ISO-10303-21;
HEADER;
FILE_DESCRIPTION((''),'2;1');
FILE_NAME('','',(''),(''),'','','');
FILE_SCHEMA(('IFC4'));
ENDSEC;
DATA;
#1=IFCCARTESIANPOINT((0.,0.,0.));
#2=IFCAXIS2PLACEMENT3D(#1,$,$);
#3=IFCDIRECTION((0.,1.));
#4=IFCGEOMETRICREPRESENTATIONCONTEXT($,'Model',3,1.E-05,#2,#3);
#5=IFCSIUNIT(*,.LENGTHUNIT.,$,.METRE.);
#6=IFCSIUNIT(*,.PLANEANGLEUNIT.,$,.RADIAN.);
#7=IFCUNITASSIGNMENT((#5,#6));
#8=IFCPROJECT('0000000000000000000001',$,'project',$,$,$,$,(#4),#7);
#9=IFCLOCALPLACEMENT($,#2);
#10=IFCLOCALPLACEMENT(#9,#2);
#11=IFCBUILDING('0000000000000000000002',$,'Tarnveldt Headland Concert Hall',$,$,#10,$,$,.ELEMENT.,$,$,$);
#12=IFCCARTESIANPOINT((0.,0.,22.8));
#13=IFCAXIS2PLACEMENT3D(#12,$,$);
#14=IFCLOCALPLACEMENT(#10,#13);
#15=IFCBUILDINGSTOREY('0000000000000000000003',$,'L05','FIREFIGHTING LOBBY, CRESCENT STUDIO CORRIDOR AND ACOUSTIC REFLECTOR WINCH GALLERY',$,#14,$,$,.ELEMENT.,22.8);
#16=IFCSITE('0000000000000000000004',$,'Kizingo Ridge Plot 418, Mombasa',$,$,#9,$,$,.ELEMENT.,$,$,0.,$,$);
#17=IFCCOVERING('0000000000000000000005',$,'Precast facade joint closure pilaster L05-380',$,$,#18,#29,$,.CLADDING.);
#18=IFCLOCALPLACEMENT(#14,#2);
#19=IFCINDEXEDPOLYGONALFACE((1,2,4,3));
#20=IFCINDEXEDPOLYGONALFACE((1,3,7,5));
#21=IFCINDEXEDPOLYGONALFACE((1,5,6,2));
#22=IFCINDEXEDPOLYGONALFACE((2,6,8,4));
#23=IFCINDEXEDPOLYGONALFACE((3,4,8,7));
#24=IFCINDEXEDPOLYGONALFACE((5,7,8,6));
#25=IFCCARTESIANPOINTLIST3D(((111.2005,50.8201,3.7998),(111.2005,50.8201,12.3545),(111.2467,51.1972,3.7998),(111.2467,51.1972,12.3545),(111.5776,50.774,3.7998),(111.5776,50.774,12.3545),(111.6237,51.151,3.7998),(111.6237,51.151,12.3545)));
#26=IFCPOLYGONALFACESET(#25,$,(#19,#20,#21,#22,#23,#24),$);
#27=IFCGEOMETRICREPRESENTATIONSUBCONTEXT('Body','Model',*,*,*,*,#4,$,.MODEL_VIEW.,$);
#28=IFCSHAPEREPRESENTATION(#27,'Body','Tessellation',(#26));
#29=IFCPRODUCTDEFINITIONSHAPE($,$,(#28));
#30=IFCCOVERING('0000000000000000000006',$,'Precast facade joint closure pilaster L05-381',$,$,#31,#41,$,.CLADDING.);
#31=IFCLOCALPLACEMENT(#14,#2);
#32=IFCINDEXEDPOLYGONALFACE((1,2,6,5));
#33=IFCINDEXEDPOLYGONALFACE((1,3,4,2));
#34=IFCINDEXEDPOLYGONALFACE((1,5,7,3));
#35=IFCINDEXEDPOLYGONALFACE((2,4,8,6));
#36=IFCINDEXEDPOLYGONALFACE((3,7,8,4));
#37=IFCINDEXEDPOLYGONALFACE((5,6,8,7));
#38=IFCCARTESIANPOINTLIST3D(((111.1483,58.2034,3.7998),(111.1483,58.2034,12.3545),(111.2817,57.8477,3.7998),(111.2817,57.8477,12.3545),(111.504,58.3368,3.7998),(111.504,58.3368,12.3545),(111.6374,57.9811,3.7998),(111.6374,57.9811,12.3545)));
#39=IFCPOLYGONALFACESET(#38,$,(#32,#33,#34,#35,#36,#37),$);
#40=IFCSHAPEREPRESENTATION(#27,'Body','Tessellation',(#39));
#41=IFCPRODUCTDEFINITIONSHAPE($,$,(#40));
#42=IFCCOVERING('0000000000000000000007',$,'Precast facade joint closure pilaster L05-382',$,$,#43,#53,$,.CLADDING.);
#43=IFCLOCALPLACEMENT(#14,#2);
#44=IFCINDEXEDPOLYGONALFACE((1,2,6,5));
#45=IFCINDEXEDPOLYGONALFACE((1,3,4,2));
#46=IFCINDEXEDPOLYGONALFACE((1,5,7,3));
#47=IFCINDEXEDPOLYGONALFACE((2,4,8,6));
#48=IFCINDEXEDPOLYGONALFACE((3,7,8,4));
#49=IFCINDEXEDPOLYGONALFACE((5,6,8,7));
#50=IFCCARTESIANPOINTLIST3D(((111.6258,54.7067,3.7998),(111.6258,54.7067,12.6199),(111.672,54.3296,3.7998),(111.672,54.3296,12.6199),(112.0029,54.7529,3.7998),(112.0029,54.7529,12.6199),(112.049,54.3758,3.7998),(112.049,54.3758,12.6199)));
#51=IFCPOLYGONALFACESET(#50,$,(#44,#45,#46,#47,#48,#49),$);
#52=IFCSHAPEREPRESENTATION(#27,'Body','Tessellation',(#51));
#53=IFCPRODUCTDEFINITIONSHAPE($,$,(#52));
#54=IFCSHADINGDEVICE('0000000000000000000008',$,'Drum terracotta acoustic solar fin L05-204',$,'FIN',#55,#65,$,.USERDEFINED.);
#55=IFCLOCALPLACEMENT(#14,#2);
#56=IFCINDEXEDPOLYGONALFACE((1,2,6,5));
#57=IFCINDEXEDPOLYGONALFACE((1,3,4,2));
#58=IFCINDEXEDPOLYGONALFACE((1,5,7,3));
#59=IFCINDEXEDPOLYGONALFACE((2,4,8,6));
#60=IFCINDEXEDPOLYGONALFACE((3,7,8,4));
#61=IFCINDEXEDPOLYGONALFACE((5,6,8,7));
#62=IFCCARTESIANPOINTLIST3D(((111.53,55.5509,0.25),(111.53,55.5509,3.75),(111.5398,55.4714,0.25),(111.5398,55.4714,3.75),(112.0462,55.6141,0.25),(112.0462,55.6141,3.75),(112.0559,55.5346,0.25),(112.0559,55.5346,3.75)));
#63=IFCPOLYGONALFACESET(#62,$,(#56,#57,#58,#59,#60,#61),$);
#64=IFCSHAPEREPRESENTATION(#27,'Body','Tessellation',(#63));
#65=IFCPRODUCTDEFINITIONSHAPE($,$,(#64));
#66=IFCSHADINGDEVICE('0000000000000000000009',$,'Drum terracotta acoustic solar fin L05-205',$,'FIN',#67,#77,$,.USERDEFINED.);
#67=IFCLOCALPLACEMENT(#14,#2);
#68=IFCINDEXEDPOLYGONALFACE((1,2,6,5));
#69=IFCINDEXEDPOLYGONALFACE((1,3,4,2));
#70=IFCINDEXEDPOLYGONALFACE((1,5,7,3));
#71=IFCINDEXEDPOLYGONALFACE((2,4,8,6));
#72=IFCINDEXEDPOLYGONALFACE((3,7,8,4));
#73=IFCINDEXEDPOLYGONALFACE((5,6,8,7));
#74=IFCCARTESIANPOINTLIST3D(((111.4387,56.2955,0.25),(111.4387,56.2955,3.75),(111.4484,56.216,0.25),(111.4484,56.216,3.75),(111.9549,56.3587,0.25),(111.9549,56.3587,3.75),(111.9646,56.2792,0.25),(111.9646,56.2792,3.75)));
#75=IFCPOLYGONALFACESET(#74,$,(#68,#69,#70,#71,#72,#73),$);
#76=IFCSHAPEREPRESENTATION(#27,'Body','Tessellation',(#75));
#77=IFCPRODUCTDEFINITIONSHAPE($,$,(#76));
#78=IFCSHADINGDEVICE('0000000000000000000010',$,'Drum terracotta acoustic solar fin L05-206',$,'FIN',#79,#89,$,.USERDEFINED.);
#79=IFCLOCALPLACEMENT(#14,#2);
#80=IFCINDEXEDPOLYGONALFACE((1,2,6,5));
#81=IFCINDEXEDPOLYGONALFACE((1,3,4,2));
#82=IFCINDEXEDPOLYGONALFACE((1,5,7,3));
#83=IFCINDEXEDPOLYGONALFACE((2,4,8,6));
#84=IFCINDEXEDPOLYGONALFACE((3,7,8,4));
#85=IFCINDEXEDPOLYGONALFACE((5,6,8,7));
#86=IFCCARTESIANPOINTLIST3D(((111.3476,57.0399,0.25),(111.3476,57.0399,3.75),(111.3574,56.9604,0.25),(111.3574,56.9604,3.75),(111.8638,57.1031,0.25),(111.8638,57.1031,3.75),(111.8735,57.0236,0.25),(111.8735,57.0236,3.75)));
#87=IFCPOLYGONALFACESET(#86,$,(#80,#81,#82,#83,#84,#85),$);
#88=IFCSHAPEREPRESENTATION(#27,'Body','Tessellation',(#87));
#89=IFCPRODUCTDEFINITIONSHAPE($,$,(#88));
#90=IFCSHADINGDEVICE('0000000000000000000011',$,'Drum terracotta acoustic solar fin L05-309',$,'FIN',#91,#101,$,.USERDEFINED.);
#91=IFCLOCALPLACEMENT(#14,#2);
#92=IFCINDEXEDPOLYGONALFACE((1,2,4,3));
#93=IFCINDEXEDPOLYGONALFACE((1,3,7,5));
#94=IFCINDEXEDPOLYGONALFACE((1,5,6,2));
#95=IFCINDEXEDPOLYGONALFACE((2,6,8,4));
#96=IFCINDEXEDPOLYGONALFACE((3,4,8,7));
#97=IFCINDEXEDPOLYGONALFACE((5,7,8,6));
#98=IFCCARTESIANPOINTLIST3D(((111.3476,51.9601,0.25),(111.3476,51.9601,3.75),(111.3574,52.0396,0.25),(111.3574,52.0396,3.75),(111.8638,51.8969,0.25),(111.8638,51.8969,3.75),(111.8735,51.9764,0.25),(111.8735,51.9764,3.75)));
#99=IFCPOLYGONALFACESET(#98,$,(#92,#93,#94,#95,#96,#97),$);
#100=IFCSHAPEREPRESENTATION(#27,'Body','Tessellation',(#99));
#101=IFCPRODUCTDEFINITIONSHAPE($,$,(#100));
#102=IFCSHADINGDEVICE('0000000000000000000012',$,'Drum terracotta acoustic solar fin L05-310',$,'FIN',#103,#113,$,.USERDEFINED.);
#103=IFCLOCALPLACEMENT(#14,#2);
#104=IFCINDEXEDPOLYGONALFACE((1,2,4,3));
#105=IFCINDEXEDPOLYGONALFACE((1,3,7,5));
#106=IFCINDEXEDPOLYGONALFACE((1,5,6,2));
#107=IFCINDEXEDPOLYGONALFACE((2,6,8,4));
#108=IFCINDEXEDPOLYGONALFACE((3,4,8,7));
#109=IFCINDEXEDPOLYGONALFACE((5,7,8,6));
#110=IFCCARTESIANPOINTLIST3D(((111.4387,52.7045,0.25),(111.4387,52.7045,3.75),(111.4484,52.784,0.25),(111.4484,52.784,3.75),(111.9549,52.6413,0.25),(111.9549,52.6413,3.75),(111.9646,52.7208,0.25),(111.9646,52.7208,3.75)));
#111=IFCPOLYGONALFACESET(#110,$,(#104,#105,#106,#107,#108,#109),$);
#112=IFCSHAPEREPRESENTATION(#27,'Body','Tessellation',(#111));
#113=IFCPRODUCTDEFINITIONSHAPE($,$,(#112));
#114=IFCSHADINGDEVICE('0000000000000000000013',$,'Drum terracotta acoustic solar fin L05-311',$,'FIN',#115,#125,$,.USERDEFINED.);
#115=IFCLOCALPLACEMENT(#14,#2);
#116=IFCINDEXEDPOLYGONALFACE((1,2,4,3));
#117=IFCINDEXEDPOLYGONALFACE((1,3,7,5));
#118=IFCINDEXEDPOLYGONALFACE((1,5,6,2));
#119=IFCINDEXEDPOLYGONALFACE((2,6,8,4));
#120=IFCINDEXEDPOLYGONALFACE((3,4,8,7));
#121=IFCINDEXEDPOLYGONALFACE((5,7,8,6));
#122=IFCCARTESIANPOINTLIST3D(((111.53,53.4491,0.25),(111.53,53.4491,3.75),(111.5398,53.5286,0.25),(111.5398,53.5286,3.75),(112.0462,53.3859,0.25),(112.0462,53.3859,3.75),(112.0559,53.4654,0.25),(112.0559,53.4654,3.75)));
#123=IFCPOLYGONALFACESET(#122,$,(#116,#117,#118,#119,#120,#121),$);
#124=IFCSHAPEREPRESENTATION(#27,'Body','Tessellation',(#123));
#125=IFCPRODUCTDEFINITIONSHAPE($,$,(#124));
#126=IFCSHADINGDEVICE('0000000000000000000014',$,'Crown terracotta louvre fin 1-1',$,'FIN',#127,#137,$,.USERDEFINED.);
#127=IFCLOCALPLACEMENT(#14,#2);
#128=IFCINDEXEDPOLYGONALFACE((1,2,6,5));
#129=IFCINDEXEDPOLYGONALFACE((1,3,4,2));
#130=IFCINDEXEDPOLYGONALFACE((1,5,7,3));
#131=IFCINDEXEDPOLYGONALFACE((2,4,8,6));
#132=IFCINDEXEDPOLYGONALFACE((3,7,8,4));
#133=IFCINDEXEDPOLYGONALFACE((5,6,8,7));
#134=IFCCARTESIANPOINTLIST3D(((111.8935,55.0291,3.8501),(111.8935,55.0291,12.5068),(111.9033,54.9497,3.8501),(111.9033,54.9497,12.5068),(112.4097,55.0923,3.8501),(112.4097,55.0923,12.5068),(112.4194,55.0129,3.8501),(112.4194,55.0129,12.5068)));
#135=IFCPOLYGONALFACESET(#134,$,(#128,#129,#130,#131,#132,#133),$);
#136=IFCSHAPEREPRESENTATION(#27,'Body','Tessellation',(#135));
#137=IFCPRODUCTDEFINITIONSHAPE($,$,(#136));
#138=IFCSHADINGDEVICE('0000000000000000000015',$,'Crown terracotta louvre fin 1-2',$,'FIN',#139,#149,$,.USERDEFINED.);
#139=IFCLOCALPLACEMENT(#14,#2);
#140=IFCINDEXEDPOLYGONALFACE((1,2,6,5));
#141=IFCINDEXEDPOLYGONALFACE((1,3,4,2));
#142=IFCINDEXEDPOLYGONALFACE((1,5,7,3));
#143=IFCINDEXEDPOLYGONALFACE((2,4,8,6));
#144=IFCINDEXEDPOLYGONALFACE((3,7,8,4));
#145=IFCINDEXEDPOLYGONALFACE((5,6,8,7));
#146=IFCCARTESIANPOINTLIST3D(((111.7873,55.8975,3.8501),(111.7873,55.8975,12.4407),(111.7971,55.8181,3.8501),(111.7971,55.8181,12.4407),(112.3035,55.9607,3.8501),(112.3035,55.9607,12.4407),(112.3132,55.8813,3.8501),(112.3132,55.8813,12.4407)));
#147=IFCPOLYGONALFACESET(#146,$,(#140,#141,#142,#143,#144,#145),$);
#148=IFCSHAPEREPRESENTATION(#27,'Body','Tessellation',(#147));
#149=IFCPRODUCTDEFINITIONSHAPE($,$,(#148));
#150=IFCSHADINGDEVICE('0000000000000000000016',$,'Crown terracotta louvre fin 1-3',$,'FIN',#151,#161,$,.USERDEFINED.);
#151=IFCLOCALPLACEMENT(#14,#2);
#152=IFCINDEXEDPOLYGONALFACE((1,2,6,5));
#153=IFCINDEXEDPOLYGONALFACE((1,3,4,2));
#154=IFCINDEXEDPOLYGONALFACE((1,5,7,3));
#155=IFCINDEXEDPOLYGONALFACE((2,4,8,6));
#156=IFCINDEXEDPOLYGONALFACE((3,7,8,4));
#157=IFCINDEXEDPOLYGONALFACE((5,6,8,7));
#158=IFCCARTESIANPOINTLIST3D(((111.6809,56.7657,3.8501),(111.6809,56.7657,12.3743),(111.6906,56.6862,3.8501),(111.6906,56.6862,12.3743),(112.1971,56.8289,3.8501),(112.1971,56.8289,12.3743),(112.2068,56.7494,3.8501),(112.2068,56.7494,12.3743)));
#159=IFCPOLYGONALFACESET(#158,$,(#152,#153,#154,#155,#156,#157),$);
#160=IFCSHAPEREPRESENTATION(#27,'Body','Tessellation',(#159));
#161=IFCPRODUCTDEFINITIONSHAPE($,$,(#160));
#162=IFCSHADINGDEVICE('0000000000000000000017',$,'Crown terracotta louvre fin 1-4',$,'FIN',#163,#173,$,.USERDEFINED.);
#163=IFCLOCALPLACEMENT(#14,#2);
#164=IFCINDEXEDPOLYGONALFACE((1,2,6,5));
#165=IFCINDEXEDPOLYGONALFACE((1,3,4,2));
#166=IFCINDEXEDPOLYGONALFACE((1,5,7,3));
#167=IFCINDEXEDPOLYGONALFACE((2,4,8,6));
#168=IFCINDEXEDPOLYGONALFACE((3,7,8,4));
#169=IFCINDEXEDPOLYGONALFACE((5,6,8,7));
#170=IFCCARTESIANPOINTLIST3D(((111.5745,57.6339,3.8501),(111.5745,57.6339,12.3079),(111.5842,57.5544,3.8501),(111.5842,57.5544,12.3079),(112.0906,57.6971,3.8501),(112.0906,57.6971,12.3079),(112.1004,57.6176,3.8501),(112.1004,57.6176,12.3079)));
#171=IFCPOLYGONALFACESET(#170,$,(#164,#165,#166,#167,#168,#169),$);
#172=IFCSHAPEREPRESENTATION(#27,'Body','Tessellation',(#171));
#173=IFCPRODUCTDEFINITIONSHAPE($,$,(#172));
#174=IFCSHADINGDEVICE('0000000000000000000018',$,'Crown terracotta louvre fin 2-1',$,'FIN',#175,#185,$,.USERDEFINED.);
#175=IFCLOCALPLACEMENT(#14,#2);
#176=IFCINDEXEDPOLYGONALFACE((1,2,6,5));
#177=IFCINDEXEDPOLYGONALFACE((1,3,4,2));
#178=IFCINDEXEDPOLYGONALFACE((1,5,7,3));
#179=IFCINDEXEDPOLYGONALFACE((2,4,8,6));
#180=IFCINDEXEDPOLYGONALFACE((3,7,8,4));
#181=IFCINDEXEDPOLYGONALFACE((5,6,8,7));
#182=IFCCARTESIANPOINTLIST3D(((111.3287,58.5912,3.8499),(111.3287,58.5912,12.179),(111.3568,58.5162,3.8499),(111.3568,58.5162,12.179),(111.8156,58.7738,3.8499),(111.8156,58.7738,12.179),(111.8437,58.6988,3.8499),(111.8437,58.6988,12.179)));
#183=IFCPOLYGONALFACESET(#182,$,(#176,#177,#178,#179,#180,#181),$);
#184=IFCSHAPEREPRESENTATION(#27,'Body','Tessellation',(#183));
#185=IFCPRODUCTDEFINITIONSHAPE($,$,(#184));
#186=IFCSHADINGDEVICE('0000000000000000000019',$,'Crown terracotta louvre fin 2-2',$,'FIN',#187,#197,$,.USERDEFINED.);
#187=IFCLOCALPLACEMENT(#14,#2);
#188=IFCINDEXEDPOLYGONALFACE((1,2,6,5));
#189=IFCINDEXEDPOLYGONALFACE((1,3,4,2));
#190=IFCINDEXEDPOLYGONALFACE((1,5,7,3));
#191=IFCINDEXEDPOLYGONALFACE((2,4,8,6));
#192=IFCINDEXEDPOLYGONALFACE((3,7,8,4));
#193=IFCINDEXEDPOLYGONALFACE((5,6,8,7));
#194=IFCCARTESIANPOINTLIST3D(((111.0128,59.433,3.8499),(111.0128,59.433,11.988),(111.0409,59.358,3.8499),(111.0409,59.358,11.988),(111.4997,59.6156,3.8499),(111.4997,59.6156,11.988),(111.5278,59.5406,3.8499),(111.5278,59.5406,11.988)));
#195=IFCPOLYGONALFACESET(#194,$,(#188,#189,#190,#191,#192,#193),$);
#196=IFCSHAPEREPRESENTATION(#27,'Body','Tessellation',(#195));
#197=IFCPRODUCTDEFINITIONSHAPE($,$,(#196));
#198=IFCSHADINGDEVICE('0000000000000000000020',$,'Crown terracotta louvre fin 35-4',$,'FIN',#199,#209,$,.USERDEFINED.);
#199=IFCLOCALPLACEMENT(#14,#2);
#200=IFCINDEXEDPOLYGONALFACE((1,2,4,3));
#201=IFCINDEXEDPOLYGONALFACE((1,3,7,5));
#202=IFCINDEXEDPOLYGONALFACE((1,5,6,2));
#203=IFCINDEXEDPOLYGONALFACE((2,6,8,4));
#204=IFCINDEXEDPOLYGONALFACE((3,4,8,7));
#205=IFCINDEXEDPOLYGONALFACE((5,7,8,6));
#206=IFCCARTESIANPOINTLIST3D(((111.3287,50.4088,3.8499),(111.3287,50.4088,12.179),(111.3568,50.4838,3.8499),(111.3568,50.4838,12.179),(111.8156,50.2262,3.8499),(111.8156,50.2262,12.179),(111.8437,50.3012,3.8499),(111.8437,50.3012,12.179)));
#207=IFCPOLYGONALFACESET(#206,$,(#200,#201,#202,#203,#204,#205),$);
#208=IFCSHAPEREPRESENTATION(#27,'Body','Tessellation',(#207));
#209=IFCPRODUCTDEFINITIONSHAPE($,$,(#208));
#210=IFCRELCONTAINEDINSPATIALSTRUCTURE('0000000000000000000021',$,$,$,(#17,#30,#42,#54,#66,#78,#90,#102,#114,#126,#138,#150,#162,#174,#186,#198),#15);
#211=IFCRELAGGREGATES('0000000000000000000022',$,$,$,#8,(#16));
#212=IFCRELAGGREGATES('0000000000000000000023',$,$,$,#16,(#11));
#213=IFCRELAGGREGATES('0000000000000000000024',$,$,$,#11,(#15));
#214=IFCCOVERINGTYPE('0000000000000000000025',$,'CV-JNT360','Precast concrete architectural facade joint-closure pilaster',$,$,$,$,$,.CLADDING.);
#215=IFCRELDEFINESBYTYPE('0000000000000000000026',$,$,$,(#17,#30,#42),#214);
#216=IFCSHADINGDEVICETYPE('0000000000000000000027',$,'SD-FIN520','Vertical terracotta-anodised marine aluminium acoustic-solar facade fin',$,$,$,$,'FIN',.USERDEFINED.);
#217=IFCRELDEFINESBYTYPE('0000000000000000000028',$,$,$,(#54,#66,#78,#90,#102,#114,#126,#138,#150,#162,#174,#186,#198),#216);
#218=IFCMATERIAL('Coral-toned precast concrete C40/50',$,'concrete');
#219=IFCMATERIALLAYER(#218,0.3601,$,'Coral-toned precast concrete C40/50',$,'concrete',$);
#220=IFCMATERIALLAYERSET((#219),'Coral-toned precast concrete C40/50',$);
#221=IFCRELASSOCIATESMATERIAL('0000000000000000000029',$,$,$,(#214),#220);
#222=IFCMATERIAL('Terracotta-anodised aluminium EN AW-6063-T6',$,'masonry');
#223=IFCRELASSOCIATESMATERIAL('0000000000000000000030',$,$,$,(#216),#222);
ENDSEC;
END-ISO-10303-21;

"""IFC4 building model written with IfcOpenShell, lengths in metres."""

from ifc_helpers import new_model, si_unit, direction, frame, origin, origin_2d, place, context, subcontext, project, spatial, rectangle, extrude, material, layer, layer_set, type_object, element, save


model = new_model("IFC4")

# Units and contexts
model_context = context("Model", 3, precision=1e-05, world=origin(), true_north=direction((0.0, 1.0)))
body_context = subcontext(model_context, "Body", "Model", "MODEL_VIEW")
ifc_project = project(units=[si_unit("LENGTHUNIT", "METRE"), si_unit("PLANEANGLEUNIT", "RADIAN")], contexts=[model_context])

# Site, building, storey
site_placement = place(None, origin())
site = spatial("IfcSite", under=ifc_project, at=site_placement, Name="Kizingo Ridge Plot 418, Mombasa", CompositionType="ELEMENT", RefElevation=0.0)
building_placement = place(site_placement, origin())
building = spatial("IfcBuilding", under=site, at=building_placement, Name="Tarnveldt Headland Concert Hall", CompositionType="ELEMENT")
storey_placement = place(building_placement, frame((0.0, 0.0, 22.8)))
storey = spatial("IfcBuildingStorey", under=building, at=storey_placement, Name="L05", Description="FIREFIGHTING LOBBY, CRESCENT STUDIO CORRIDOR AND ACOUSTIC REFLECTOR WINCH GALLERY", CompositionType="ELEMENT", Elevation=22.8)

# Shared definitions
ifc_material_1 = material(Name="Coral-toned precast concrete C40/50", Category="concrete")

# Coverings
ifc_layer_1 = layer(ifc_material_1, 0.3601, Name="Coral-toned precast concrete C40/50", Category="concrete")
ifc_layer_set_1 = layer_set([ifc_layer_1], Name="Coral-toned precast concrete C40/50")
covering_type = type_object("IfcCoveringType", Name="CV-JNT360", Description="Precast concrete architectural facade joint-closure pilaster", PredefinedType="CLADDING", material=ifc_layer_set_1)
for number, where, z_axis, x_axis, name in (
    (1, (111.4121, 50.9856, 3.7998), (0.0, 0.0, 1.0), (0.992589, -0.121523, 0.0), "Precast facade joint closure pilaster L05-380"),
    (2, (111.3928, 58.0923, 3.7998), (0.0, 0.0, 1.0), (0.936305, 0.351188, 0.0), "Precast facade joint closure pilaster L05-381"),
):
    element("IfcCovering", number, at=place(storey_placement, frame(where, z_axis=z_axis, x_axis=x_axis)), inside=storey, type_object=covering_type, Name=name, PredefinedType="CLADDING", context=body_context, shape_type="SweptSolid", body=[
        extrude(rectangle(XDim=0.3799, YDim=0.3799, at=origin_2d()), origin(), (0.0, 0.0, 1.0), 8.5547),
    ])
covering_placement = place(storey_placement, frame((111.8374, 54.5413, 3.7998), z_axis=(0.0, 0.0, 1.0), x_axis=(0.992589, 0.121523, 0.0)))
element("IfcCovering", 3, at=covering_placement, inside=storey, type_object=covering_type, Name="Precast facade joint closure pilaster L05-382", PredefinedType="CLADDING", context=body_context, shape_type="SweptSolid", body=[
    extrude(rectangle(XDim=0.3799, YDim=0.3799, at=origin_2d()), origin(), (0.0, 0.0, 1.0), 8.8201),
])

# Shading devices
ifc_material_2 = material(Name="Terracotta-anodised aluminium EN AW-6063-T6", Category="masonry")
shading_device_type = type_object("IfcShadingDeviceType", Name="SD-FIN520", Description="Vertical terracotta-anodised marine aluminium acoustic-solar facade fin", ElementType="FIN", PredefinedType="USERDEFINED", material=ifc_material_2)
for number, where, z_axis, x_axis, name in (
    (4, (111.793, 55.5427, 0.25), (0.0, 0.0, 1.0), (0.992589, 0.121523, 0.0), "Drum terracotta acoustic solar fin L05-204"),
    (5, (111.7017, 56.2874, 0.25), (0.0, 0.0, 1.0), (0.992589, 0.121523, 0.0), "Drum terracotta acoustic solar fin L05-205"),
    (6, (111.6106, 57.0317, 0.25), (0.0, 0.0, 1.0), (0.992589, 0.121523, 0.0), "Drum terracotta acoustic solar fin L05-206"),
    (7, (111.6106, 51.9683, 0.25), (0.0, 0.0, 1.0), (0.992589, -0.121523, 0.0), "Drum terracotta acoustic solar fin L05-309"),
    (8, (111.7017, 52.7126, 0.25), (0.0, 0.0, 1.0), (0.992589, -0.121523, 0.0), "Drum terracotta acoustic solar fin L05-310"),
    (9, (111.793, 53.4573, 0.25), (0.0, 0.0, 1.0), (0.992589, -0.121523, 0.0), "Drum terracotta acoustic solar fin L05-311"),
):
    element("IfcShadingDevice", number, at=place(storey_placement, frame(where, z_axis=z_axis, x_axis=x_axis)), inside=storey, type_object=shading_device_type, Name=name, ObjectType="FIN", PredefinedType="USERDEFINED", context=body_context, shape_type="SweptSolid", body=[
        extrude(rectangle(XDim=0.52, YDim=0.0801, at=origin_2d()), origin(), (0.0, 0.0, 1.0), 3.5),
    ])
shading_device_1_placement = place(storey_placement, frame((112.1565, 55.021, 3.8501), z_axis=(0.0, 0.0, 1.0), x_axis=(0.992589, 0.121523, 0.0)))
element("IfcShadingDevice", 10, at=shading_device_1_placement, inside=storey, type_object=shading_device_type, Name="Crown terracotta louvre fin 1-1", ObjectType="FIN", PredefinedType="USERDEFINED", context=body_context, shape_type="SweptSolid", body=[
    extrude(rectangle(XDim=0.52, YDim=0.0801, at=origin_2d()), origin(), (0.0, 0.0, 1.0), 8.6567),
])
shading_device_2_placement = place(storey_placement, frame((112.0503, 55.8894, 3.8501), z_axis=(0.0, 0.0, 1.0), x_axis=(0.992589, 0.121523, 0.0)))
element("IfcShadingDevice", 11, at=shading_device_2_placement, inside=storey, type_object=shading_device_type, Name="Crown terracotta louvre fin 1-2", ObjectType="FIN", PredefinedType="USERDEFINED", context=body_context, shape_type="SweptSolid", body=[
    extrude(rectangle(XDim=0.52, YDim=0.0801, at=origin_2d()), origin(), (0.0, 0.0, 1.0), 8.5906),
])
shading_device_3_placement = place(storey_placement, frame((111.9438, 56.7576, 3.8501), z_axis=(0.0, 0.0, 1.0), x_axis=(0.992589, 0.121523, 0.0)))
element("IfcShadingDevice", 12, at=shading_device_3_placement, inside=storey, type_object=shading_device_type, Name="Crown terracotta louvre fin 1-3", ObjectType="FIN", PredefinedType="USERDEFINED", context=body_context, shape_type="SweptSolid", body=[
    extrude(rectangle(XDim=0.52, YDim=0.0801, at=origin_2d()), origin(), (0.0, 0.0, 1.0), 8.5242),
])
shading_device_4_placement = place(storey_placement, frame((111.8374, 57.6257, 3.8501), z_axis=(0.0, 0.0, 1.0), x_axis=(0.992589, 0.121523, 0.0)))
element("IfcShadingDevice", 13, at=shading_device_4_placement, inside=storey, type_object=shading_device_type, Name="Crown terracotta louvre fin 1-4", ObjectType="FIN", PredefinedType="USERDEFINED", context=body_context, shape_type="SweptSolid", body=[
    extrude(rectangle(XDim=0.52, YDim=0.0801, at=origin_2d()), origin(), (0.0, 0.0, 1.0), 8.4578),
])
shading_device_5_placement = place(storey_placement, frame((111.5862, 58.645, 3.8499), z_axis=(0.0, 0.0, 1.0), x_axis=(0.936305, 0.351188, 0.0)))
element("IfcShadingDevice", 14, at=shading_device_5_placement, inside=storey, type_object=shading_device_type, Name="Crown terracotta louvre fin 2-1", ObjectType="FIN", PredefinedType="USERDEFINED", context=body_context, shape_type="SweptSolid", body=[
    extrude(rectangle(XDim=0.52, YDim=0.0801, at=origin_2d()), origin(), (0.0, 0.0, 1.0), 8.3291),
])
shading_device_6_placement = place(storey_placement, frame((111.2703, 59.4868, 3.8499), z_axis=(0.0, 0.0, 1.0), x_axis=(0.936305, 0.351188, 0.0)))
element("IfcShadingDevice", 15, at=shading_device_6_placement, inside=storey, type_object=shading_device_type, Name="Crown terracotta louvre fin 2-2", ObjectType="FIN", PredefinedType="USERDEFINED", context=body_context, shape_type="SweptSolid", body=[
    extrude(rectangle(XDim=0.52, YDim=0.0801, at=origin_2d()), origin(), (0.0, 0.0, 1.0), 8.1382),
])
shading_device_7_placement = place(storey_placement, frame((111.5862, 50.355, 3.8499), z_axis=(0.0, 0.0, 1.0), x_axis=(0.936305, -0.351188, 0.0)))
element("IfcShadingDevice", 16, at=shading_device_7_placement, inside=storey, type_object=shading_device_type, Name="Crown terracotta louvre fin 35-4", ObjectType="FIN", PredefinedType="USERDEFINED", context=body_context, shape_type="SweptSolid", body=[
    extrude(rectangle(XDim=0.52, YDim=0.0801, at=origin_2d()), origin(), (0.0, 0.0, 1.0), 8.3291),
])

save(model, "model.ifc")
